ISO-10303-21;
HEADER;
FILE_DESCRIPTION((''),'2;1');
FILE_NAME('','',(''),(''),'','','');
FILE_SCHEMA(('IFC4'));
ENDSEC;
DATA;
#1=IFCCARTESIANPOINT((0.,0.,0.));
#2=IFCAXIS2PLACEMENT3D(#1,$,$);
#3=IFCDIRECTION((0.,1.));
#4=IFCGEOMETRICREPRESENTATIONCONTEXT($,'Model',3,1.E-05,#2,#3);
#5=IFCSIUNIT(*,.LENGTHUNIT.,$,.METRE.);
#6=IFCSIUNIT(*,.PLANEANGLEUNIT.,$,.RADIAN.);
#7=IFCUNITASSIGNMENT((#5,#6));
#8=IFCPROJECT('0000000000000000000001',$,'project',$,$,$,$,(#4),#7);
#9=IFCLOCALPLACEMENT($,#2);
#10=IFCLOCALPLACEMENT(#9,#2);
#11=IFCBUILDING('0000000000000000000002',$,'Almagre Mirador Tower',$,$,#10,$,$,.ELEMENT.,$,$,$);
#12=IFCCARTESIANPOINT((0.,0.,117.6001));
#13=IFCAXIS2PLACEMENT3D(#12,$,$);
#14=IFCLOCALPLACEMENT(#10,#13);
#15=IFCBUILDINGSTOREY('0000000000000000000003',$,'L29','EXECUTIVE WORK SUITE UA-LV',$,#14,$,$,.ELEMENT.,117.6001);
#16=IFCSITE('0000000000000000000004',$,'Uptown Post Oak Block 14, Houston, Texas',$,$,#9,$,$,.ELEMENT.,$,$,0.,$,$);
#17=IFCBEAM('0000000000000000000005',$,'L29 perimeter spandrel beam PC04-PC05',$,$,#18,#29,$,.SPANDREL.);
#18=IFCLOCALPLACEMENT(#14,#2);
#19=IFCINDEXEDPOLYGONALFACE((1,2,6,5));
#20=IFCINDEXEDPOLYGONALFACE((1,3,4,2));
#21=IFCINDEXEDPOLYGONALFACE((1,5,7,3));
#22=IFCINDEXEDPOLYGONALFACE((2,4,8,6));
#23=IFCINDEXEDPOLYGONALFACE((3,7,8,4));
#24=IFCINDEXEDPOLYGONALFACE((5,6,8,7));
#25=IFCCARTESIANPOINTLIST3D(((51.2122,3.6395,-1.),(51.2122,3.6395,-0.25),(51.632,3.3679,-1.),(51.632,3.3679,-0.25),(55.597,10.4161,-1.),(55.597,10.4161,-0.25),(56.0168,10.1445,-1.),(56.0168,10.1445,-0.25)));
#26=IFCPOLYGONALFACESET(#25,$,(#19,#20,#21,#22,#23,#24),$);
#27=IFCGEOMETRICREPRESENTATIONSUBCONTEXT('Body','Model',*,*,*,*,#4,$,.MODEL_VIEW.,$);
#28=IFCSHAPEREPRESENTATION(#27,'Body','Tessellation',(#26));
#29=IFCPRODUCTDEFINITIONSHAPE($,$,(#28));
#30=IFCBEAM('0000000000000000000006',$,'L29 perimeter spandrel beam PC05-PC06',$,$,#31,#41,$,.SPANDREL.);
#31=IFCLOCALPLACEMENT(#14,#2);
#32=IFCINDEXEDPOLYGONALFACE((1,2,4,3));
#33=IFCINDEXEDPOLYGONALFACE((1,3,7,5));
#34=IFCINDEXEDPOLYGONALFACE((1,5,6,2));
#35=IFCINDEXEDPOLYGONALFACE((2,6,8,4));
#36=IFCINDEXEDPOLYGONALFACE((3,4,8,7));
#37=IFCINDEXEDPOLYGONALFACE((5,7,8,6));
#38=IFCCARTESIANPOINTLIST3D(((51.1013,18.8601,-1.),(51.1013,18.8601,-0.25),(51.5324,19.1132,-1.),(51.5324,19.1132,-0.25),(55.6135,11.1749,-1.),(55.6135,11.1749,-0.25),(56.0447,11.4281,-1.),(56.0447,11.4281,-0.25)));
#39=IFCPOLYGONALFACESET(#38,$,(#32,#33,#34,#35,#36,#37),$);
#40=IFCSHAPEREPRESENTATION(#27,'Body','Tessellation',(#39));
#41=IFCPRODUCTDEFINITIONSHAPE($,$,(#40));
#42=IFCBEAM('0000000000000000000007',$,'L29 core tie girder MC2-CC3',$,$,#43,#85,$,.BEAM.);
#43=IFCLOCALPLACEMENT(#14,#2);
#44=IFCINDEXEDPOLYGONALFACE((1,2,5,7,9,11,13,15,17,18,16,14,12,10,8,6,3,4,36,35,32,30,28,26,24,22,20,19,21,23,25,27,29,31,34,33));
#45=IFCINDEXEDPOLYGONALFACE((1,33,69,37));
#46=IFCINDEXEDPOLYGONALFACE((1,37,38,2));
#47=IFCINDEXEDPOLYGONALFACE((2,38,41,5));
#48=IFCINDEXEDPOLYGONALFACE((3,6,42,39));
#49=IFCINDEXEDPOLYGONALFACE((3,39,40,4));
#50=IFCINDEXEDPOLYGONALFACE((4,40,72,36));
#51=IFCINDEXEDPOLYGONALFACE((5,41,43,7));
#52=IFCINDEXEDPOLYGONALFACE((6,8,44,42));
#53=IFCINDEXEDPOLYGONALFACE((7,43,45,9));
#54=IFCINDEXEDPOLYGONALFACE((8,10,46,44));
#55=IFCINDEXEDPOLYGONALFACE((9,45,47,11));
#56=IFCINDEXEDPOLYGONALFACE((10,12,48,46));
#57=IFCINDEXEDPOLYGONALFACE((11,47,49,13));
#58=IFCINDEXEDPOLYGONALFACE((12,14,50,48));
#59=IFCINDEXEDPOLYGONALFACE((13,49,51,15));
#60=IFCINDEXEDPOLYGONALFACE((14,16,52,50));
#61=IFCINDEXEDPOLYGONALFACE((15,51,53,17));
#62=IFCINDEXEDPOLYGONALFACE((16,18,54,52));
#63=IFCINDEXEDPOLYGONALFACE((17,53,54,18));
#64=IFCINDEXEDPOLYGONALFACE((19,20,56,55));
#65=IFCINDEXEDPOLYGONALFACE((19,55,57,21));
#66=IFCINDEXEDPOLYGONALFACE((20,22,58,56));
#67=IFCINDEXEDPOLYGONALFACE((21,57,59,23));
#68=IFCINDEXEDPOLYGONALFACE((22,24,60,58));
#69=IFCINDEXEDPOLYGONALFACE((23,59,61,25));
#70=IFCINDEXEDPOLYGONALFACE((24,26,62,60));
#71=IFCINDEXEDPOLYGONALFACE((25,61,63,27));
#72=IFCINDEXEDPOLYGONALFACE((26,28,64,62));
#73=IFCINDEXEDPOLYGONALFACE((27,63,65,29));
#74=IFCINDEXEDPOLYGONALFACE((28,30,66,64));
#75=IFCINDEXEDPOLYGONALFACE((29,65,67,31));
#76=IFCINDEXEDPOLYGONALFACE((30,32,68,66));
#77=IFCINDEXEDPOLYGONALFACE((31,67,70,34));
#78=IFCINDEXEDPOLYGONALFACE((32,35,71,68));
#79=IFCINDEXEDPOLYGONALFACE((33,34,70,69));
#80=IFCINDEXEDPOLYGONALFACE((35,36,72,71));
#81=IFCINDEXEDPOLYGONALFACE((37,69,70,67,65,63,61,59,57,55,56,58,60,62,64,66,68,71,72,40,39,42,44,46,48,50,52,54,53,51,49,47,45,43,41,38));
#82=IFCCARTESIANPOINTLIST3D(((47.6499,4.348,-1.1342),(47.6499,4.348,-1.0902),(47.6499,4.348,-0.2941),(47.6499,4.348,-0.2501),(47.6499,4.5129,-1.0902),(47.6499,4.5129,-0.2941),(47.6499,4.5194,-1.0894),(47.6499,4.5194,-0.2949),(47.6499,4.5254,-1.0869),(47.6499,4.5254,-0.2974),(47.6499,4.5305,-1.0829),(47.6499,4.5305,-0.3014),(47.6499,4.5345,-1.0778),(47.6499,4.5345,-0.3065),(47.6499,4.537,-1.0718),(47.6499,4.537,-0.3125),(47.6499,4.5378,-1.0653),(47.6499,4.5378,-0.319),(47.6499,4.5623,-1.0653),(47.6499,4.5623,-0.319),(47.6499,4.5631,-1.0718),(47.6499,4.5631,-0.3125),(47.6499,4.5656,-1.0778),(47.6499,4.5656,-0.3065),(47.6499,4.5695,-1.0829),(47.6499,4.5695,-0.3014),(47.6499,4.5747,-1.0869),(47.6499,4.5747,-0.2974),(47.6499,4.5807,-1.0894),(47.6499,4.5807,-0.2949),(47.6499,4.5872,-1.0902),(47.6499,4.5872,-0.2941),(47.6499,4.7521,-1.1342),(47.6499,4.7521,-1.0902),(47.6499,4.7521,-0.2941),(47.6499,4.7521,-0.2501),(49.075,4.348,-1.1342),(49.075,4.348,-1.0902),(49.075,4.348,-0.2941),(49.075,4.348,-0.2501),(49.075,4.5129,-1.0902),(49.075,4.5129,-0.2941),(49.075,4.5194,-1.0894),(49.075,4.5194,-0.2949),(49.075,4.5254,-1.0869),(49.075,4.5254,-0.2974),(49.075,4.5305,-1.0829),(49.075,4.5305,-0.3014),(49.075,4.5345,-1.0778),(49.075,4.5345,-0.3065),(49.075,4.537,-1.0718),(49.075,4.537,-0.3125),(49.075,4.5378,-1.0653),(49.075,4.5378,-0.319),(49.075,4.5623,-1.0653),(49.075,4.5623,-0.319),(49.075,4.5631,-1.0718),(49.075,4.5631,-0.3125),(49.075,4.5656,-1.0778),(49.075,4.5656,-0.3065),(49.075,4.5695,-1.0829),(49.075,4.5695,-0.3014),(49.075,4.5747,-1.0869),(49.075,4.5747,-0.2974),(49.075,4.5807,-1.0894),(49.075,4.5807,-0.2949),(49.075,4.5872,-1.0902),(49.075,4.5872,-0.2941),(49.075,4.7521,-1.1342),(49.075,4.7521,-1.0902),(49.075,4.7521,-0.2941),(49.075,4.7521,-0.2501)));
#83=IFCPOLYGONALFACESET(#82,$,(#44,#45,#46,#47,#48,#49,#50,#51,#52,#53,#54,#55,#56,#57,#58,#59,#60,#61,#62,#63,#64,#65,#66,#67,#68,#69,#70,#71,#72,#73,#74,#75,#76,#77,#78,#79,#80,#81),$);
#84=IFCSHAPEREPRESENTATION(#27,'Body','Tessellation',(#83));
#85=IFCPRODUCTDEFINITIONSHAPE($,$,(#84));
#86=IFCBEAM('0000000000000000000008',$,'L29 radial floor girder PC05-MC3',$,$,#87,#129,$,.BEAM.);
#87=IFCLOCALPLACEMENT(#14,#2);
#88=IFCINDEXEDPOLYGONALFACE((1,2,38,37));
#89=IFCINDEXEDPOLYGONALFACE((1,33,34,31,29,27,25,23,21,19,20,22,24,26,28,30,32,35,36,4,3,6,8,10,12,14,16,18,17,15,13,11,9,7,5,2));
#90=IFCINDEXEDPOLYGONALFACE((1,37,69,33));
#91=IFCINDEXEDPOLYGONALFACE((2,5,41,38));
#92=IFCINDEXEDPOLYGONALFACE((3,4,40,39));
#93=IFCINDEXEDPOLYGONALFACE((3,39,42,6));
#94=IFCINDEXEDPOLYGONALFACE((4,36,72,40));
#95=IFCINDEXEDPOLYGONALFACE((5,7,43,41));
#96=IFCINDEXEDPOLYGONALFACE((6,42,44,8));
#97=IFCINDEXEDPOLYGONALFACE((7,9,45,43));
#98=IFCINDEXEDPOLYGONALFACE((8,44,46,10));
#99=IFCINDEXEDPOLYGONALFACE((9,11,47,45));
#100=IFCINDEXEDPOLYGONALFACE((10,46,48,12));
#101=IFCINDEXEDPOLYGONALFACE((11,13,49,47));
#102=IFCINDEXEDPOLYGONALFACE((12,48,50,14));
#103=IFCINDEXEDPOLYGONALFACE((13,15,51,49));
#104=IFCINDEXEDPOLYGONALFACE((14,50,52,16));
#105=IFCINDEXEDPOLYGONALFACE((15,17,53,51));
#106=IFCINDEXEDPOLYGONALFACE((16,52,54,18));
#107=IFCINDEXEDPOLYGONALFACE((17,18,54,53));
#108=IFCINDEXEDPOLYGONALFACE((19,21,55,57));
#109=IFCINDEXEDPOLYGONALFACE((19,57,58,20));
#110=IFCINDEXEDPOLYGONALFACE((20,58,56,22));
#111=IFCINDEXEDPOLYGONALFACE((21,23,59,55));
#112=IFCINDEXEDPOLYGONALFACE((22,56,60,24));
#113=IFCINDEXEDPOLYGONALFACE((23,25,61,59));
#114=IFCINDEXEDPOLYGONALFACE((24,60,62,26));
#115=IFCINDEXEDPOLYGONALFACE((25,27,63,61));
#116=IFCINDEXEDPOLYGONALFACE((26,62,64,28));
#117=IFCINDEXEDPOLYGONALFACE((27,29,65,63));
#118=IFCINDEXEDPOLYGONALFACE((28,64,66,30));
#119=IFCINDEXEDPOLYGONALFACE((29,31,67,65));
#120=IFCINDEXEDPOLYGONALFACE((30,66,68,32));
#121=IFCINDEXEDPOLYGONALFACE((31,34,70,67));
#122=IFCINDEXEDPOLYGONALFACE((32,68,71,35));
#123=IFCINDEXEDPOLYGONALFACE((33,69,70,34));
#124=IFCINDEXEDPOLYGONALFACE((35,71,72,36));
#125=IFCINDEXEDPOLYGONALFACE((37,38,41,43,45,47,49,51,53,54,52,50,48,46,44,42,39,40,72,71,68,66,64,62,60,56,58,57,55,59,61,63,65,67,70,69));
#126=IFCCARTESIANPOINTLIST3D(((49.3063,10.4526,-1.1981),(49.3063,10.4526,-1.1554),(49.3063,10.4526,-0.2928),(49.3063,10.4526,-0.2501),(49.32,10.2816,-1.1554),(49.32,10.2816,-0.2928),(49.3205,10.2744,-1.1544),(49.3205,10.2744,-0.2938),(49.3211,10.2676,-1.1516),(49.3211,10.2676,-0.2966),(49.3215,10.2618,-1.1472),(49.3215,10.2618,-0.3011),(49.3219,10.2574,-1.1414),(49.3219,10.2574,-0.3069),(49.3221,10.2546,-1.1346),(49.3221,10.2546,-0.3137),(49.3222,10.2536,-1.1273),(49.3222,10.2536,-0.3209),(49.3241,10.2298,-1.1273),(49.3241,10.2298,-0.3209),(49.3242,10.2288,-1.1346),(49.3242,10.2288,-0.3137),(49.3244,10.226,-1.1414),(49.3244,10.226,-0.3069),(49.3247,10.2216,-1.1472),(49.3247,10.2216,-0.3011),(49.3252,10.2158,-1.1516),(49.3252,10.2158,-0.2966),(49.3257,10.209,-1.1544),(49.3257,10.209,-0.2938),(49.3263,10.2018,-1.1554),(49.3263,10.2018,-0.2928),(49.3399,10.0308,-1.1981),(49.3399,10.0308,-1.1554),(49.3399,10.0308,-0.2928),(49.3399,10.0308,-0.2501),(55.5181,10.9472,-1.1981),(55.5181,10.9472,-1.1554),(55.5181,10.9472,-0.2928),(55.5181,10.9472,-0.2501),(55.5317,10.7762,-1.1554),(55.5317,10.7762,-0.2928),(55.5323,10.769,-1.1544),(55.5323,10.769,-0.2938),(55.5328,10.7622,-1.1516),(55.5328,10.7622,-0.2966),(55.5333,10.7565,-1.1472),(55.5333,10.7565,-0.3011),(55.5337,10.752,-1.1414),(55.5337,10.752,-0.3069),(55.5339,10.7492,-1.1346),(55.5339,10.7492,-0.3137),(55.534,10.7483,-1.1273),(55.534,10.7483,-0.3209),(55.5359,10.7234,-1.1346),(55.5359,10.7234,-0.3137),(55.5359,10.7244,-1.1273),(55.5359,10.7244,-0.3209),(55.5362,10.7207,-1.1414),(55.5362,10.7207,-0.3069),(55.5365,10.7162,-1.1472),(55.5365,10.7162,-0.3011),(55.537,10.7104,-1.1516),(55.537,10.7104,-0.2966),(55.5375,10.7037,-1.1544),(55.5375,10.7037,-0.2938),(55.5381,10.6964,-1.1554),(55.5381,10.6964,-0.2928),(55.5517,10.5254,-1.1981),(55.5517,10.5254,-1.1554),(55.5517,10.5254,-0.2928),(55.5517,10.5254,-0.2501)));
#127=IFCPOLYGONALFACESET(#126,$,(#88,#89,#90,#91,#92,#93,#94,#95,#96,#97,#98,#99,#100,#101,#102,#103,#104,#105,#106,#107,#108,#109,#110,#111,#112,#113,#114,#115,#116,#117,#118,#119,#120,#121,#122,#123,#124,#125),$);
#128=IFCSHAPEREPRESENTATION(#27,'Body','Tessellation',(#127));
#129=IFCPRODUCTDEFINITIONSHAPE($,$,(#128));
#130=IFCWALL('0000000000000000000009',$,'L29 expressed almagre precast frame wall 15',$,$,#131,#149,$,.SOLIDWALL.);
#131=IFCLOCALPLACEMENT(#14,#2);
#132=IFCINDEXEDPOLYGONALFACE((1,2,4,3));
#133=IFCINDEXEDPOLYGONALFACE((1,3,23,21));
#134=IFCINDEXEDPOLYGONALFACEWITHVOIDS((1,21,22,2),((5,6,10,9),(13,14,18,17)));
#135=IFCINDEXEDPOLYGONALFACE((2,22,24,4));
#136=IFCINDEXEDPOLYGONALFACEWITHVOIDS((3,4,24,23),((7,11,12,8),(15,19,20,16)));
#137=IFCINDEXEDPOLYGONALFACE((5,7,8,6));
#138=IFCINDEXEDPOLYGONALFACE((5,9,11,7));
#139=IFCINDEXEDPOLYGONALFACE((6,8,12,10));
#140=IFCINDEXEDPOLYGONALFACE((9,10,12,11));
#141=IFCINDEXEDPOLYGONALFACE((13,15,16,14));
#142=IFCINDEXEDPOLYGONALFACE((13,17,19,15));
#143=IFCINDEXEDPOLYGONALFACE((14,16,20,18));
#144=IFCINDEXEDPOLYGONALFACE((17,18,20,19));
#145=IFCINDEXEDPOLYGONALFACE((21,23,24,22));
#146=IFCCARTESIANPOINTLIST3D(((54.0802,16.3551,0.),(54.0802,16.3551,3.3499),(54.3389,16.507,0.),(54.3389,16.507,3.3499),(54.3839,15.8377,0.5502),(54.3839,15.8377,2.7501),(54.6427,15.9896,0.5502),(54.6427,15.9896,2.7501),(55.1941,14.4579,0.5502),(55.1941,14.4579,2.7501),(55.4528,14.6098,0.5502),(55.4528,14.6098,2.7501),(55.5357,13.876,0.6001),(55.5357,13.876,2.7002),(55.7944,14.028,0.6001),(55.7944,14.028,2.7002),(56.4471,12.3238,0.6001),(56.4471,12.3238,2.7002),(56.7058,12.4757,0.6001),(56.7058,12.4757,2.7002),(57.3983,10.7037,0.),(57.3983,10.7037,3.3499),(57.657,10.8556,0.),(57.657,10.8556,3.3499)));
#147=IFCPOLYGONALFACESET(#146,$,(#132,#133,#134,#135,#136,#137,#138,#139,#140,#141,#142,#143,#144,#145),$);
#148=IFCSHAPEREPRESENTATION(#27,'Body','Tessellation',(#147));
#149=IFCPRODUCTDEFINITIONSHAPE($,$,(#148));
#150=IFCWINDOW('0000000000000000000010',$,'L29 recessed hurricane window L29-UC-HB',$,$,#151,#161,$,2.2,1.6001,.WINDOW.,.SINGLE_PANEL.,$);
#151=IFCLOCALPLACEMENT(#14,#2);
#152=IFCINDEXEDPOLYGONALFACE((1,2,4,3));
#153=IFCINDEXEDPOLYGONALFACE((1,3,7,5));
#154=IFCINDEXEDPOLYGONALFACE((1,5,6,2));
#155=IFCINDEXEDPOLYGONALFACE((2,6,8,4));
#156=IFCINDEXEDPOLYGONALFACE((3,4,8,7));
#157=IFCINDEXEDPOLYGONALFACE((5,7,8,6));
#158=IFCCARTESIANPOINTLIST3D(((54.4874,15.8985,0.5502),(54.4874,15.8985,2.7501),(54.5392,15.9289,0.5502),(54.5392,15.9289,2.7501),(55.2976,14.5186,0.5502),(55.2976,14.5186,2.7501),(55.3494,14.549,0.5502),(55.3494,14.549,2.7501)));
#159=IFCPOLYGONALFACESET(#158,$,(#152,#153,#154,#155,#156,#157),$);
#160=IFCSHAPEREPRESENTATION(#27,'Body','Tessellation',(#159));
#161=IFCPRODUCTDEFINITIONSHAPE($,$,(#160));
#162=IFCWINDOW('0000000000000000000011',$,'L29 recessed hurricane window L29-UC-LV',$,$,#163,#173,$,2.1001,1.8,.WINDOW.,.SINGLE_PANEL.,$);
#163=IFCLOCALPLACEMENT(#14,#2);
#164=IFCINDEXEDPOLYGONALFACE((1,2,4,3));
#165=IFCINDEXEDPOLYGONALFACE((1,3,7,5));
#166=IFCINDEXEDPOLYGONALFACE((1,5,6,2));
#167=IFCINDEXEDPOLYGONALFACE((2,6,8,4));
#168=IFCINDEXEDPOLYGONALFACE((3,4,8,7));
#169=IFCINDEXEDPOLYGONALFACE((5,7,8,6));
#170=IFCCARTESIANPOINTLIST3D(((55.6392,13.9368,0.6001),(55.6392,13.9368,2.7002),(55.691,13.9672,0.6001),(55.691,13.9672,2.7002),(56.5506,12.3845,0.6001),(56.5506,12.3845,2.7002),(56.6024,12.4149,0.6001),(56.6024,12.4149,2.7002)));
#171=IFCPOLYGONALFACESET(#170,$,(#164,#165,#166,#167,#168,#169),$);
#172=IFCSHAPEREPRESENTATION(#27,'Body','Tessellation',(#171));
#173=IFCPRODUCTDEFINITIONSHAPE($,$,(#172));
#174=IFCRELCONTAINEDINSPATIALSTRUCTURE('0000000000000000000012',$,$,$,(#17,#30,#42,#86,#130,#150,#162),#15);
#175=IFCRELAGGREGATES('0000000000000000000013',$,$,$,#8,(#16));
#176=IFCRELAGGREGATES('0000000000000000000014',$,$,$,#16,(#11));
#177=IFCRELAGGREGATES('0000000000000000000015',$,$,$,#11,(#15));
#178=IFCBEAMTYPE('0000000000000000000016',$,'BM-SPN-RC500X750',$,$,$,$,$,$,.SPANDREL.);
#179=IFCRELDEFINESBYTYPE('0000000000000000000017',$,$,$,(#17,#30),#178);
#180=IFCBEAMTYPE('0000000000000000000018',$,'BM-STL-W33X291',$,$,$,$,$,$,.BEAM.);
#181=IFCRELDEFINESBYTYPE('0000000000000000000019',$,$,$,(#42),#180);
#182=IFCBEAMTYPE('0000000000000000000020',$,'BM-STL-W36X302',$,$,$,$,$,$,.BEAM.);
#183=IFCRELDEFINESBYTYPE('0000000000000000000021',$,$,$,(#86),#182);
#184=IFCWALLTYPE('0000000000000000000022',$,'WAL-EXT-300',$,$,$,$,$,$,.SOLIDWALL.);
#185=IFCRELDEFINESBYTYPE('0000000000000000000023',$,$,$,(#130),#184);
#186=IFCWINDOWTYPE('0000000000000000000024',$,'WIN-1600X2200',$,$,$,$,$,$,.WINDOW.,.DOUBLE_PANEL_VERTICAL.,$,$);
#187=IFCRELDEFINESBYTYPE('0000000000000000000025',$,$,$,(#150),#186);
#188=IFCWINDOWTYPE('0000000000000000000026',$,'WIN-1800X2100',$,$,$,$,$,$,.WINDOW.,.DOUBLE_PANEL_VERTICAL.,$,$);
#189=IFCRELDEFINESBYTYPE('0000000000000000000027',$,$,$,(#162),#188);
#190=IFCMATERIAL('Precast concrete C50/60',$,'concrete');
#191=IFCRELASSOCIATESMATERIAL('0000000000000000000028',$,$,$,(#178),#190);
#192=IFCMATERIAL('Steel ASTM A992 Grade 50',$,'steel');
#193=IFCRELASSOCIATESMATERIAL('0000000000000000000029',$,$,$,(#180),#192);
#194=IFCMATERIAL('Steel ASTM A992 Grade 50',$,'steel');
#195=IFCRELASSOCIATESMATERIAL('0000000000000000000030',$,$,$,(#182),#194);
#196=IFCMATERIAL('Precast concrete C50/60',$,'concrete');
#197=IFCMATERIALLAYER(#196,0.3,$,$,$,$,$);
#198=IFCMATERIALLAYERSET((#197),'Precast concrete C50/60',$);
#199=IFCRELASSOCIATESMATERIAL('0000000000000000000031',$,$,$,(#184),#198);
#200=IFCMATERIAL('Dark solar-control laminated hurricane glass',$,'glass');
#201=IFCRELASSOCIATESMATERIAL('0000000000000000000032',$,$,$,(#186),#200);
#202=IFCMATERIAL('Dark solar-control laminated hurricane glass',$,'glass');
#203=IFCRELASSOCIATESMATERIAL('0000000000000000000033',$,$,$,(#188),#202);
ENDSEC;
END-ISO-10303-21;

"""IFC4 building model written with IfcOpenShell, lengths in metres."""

from ifc_helpers import new_model, si_unit, direction, frame, frame_2d, origin, origin_2d, place, context, subcontext, project, spatial, rectangle, i_section, extrude, material, layer, layer_set, material_profile, profile_set, type_object, element, fill, save


model = new_model("IFC4")

# Units and contexts
model_context = context("Model", 3, precision=1e-05, world=origin(), true_north=direction((0.0, 1.0)))
body_context = subcontext(model_context, "Body", "Model", "MODEL_VIEW")
ifc_project = project(units=[si_unit("LENGTHUNIT", "METRE"), si_unit("PLANEANGLEUNIT", "RADIAN")], contexts=[model_context])

# Site, building, storey
site_placement = place(None, origin())
site = spatial("IfcSite", under=ifc_project, at=site_placement, Name="Uptown Post Oak Block 14, Houston, Texas", CompositionType="ELEMENT", RefElevation=0.0)
building_placement = place(site_placement, origin())
building = spatial("IfcBuilding", under=site, at=building_placement, Name="Almagre Mirador Tower", CompositionType="ELEMENT")
storey_placement = place(building_placement, frame((0.0, 0.0, 117.6001)))
storey = spatial("IfcBuildingStorey", under=building, at=storey_placement, Name="L29", Description="EXECUTIVE WORK SUITE UA-LV", CompositionType="ELEMENT", Elevation=117.6001)

# Beams
ifc_material_1 = material(Name="Precast concrete C50/60", Category="concrete")
ifc_material_profile_1 = material_profile(ifc_material_1, rectangle(XDim=0.5, YDim=0.75, at=origin_2d()), Name="RC500X750")
ifc_profile_set_1 = profile_set([ifc_material_profile_1], Name="Precast concrete C50/60")
beam_type_1 = type_object("IfcBeamType", Name="BM-SPN-RC500X750", PredefinedType="SPANDREL", material=ifc_profile_set_1)
beam_1_placement = place(storey_placement, frame((51.4221, 3.5037, -0.625), z_axis=(0.543242, 0.839576, 0.0), x_axis=(-0.839576, 0.543242, 0.0)))
element("IfcBeam", 1, at=beam_1_placement, inside=storey, type_object=beam_type_1, Name="L29 perimeter spandrel beam PC04-PC05", PredefinedType="SPANDREL", context=body_context, shape_type="SweptSolid", body=[
    extrude(rectangle(XDim=0.5, YDim=0.75, at=origin_2d()), origin(), (0.0, 0.0, 1.0), 8.0715),
])
beam_2_placement = place(storey_placement, frame((55.8291, 11.3015, -0.625), z_axis=(-0.506318, 0.862347, 0.0), x_axis=(-0.862347, -0.506318, 0.0)))
element("IfcBeam", 2, at=beam_2_placement, inside=storey, type_object=beam_type_1, Name="L29 perimeter spandrel beam PC05-PC06", PredefinedType="SPANDREL", context=body_context, shape_type="SweptSolid", body=[
    extrude(rectangle(XDim=0.5, YDim=0.75, at=origin_2d()), origin(), (0.0, 0.0, 1.0), 8.9119),
])
ifc_material_2 = material(Name="Steel ASTM A992 Grade 50", Category="steel")
ifc_material_profile_2 = material_profile(ifc_material_2, i_section(OverallWidth=0.4041, OverallDepth=0.884, WebThickness=0.0244, FlangeThickness=0.0439, FilletRadius=0.0249, at=origin_2d()), Name="W33X291")
ifc_profile_set_2 = profile_set([ifc_material_profile_2], Name="Steel ASTM A992 Grade 50")
beam_type_2 = type_object("IfcBeamType", Name="BM-STL-W33X291", PredefinedType="BEAM", material=ifc_profile_set_2)
beam_3_placement = place(storey_placement, frame((49.075, 4.55, -0.6921), z_axis=(-1.0, 0.0, 0.0), x_axis=(0.0, -1.0, 0.0)))
element("IfcBeam", 3, at=beam_3_placement, inside=storey, type_object=beam_type_2, Name="L29 core tie girder MC2-CC3", PredefinedType="BEAM", context=body_context, shape_type="SweptSolid", body=[
    extrude(i_section(OverallWidth=0.4041, OverallDepth=0.884, WebThickness=0.0244, FlangeThickness=0.0439, FilletRadius=0.0249, at=origin_2d()), origin(), (0.0, 0.0, 1.0), 1.425),
])
ifc_material_3 = material(Name="Steel ASTM A992 Grade 50", Category="steel")
ifc_material_profile_3 = material_profile(ifc_material_3, i_section(OverallWidth=0.4231, OverallDepth=0.948, WebThickness=0.0239, FlangeThickness=0.0427, FilletRadius=0.0281, at=origin_2d()), Name="W36X302")
ifc_profile_set_3 = profile_set([ifc_material_profile_3], Name="Steel ASTM A992 Grade 50")
beam_type_3 = type_object("IfcBeamType", Name="BM-STL-W36X302", PredefinedType="BEAM", material=ifc_profile_set_3)
beam_4_placement = place(storey_placement, frame((55.5349, 10.7363, -0.7241), z_axis=(-0.996845, -0.079378, 0.0), x_axis=(0.079378, -0.996845, 0.0)))
element("IfcBeam", 4, at=beam_4_placement, inside=storey, type_object=beam_type_3, Name="L29 radial floor girder PC05-MC3", PredefinedType="BEAM", context=body_context, shape_type="SweptSolid", body=[
    extrude(i_section(OverallWidth=0.4231, OverallDepth=0.948, WebThickness=0.0239, FlangeThickness=0.0427, FilletRadius=0.0281, at=origin_2d()), origin(), (0.0, 0.0, 1.0), 6.2314),
])

# Wall, openings, windows
ifc_material_4 = material(Name="Precast concrete C50/60", Category="concrete")
ifc_layer = layer(ifc_material_4, 0.3)
ifc_layer_set = layer_set([ifc_layer], Name="Precast concrete C50/60")
wall_type = type_object("IfcWallType", Name="WAL-EXT-300", PredefinedType="SOLIDWALL", material=ifc_layer_set)
wall_1_placement = place(storey_placement, frame((54.2095, 16.4312, 0.0), z_axis=(0.0, 0.0, 1.0), x_axis=(0.506315, -0.862349, 0.0)))
wall_1 = element("IfcWall", 5, at=wall_1_placement, inside=storey, type_object=wall_type, Name="L29 expressed almagre precast frame wall 15", PredefinedType="SOLIDWALL", context=body_context, shape_type="SweptSolid", body=[
    extrude(rectangle(XDim=6.5535, YDim=0.3, at=frame_2d((3.2769, 0.0))), origin(), (0.0, 0.0, 1.0), 3.3499),
])
opening_1_placement = place(wall_1_placement, frame((2.875, 0.0, 0.6001)))
opening_1 = element("IfcOpeningElement", 6, at=opening_1_placement, cuts=wall_1, PredefinedType="OPENING", context=body_context, shape_type="SweptSolid", body=[
    extrude(rectangle(XDim=1.8, YDim=2.1001, at=frame_2d((0.8999, 1.05))), frame((0.0, 0.1599, 0.0), z_axis=(0.0, -1.0, 0.0), x_axis=(1.0, 0.0, 0.0)), (0.0, 0.0, 1.0), 0.32),
])
opening_2_placement = place(wall_1_placement, frame((0.6001, 0.0, 0.55)))
opening_2 = element("IfcOpeningElement", 7, at=opening_2_placement, cuts=wall_1, PredefinedType="OPENING", context=body_context, shape_type="SweptSolid", body=[
    extrude(rectangle(XDim=1.6001, YDim=2.2, at=frame_2d((0.8, 1.1001))), frame((0.0, 0.1599, 0.0), z_axis=(0.0, -1.0, 0.0), x_axis=(1.0, 0.0, 0.0)), (0.0, 0.0, 1.0), 0.32),
])
ifc_material_5 = material(Name="Dark solar-control laminated hurricane glass", Category="glass")
window_type_1 = type_object("IfcWindowType", Name="WIN-1600X2200", PartitioningType="DOUBLE_PANEL_VERTICAL", PredefinedType="WINDOW", material=ifc_material_5)
window_1_placement = place(opening_2_placement, origin())
window_1 = element("IfcWindow", 8, at=window_1_placement, inside=storey, type_object=window_type_1, Name="L29 recessed hurricane window L29-UC-HB", OverallHeight=2.2, OverallWidth=1.6001, PartitioningType="SINGLE_PANEL", PredefinedType="WINDOW", context=body_context, shape_type="SweptSolid", body=[
    extrude(rectangle(XDim=1.6001, YDim=2.2, at=frame_2d((0.8, 1.1001))), frame((0.0, 0.03, 0.0), z_axis=(0.0, -1.0, 0.0), x_axis=(1.0, 0.0, 0.0)), (0.0, 0.0, 1.0), 0.0601),
])
fill(opening_2, window_1)
ifc_material_6 = material(Name="Dark solar-control laminated hurricane glass", Category="glass")
window_type_2 = type_object("IfcWindowType", Name="WIN-1800X2100", PartitioningType="DOUBLE_PANEL_VERTICAL", PredefinedType="WINDOW", material=ifc_material_6)
window_2_placement = place(opening_1_placement, origin())
window_2 = element("IfcWindow", 9, at=window_2_placement, inside=storey, type_object=window_type_2, Name="L29 recessed hurricane window L29-UC-LV", OverallHeight=2.1001, OverallWidth=1.8, PartitioningType="SINGLE_PANEL", PredefinedType="WINDOW", context=body_context, shape_type="SweptSolid", body=[
    extrude(rectangle(XDim=1.8, YDim=2.1001, at=frame_2d((0.8999, 1.05))), frame((0.0, 0.03, 0.0), z_axis=(0.0, -1.0, 0.0), x_axis=(1.0, 0.0, 0.0)), (0.0, 0.0, 1.0), 0.0601),
])
fill(opening_1, window_2)

save(model, "model.ifc")
